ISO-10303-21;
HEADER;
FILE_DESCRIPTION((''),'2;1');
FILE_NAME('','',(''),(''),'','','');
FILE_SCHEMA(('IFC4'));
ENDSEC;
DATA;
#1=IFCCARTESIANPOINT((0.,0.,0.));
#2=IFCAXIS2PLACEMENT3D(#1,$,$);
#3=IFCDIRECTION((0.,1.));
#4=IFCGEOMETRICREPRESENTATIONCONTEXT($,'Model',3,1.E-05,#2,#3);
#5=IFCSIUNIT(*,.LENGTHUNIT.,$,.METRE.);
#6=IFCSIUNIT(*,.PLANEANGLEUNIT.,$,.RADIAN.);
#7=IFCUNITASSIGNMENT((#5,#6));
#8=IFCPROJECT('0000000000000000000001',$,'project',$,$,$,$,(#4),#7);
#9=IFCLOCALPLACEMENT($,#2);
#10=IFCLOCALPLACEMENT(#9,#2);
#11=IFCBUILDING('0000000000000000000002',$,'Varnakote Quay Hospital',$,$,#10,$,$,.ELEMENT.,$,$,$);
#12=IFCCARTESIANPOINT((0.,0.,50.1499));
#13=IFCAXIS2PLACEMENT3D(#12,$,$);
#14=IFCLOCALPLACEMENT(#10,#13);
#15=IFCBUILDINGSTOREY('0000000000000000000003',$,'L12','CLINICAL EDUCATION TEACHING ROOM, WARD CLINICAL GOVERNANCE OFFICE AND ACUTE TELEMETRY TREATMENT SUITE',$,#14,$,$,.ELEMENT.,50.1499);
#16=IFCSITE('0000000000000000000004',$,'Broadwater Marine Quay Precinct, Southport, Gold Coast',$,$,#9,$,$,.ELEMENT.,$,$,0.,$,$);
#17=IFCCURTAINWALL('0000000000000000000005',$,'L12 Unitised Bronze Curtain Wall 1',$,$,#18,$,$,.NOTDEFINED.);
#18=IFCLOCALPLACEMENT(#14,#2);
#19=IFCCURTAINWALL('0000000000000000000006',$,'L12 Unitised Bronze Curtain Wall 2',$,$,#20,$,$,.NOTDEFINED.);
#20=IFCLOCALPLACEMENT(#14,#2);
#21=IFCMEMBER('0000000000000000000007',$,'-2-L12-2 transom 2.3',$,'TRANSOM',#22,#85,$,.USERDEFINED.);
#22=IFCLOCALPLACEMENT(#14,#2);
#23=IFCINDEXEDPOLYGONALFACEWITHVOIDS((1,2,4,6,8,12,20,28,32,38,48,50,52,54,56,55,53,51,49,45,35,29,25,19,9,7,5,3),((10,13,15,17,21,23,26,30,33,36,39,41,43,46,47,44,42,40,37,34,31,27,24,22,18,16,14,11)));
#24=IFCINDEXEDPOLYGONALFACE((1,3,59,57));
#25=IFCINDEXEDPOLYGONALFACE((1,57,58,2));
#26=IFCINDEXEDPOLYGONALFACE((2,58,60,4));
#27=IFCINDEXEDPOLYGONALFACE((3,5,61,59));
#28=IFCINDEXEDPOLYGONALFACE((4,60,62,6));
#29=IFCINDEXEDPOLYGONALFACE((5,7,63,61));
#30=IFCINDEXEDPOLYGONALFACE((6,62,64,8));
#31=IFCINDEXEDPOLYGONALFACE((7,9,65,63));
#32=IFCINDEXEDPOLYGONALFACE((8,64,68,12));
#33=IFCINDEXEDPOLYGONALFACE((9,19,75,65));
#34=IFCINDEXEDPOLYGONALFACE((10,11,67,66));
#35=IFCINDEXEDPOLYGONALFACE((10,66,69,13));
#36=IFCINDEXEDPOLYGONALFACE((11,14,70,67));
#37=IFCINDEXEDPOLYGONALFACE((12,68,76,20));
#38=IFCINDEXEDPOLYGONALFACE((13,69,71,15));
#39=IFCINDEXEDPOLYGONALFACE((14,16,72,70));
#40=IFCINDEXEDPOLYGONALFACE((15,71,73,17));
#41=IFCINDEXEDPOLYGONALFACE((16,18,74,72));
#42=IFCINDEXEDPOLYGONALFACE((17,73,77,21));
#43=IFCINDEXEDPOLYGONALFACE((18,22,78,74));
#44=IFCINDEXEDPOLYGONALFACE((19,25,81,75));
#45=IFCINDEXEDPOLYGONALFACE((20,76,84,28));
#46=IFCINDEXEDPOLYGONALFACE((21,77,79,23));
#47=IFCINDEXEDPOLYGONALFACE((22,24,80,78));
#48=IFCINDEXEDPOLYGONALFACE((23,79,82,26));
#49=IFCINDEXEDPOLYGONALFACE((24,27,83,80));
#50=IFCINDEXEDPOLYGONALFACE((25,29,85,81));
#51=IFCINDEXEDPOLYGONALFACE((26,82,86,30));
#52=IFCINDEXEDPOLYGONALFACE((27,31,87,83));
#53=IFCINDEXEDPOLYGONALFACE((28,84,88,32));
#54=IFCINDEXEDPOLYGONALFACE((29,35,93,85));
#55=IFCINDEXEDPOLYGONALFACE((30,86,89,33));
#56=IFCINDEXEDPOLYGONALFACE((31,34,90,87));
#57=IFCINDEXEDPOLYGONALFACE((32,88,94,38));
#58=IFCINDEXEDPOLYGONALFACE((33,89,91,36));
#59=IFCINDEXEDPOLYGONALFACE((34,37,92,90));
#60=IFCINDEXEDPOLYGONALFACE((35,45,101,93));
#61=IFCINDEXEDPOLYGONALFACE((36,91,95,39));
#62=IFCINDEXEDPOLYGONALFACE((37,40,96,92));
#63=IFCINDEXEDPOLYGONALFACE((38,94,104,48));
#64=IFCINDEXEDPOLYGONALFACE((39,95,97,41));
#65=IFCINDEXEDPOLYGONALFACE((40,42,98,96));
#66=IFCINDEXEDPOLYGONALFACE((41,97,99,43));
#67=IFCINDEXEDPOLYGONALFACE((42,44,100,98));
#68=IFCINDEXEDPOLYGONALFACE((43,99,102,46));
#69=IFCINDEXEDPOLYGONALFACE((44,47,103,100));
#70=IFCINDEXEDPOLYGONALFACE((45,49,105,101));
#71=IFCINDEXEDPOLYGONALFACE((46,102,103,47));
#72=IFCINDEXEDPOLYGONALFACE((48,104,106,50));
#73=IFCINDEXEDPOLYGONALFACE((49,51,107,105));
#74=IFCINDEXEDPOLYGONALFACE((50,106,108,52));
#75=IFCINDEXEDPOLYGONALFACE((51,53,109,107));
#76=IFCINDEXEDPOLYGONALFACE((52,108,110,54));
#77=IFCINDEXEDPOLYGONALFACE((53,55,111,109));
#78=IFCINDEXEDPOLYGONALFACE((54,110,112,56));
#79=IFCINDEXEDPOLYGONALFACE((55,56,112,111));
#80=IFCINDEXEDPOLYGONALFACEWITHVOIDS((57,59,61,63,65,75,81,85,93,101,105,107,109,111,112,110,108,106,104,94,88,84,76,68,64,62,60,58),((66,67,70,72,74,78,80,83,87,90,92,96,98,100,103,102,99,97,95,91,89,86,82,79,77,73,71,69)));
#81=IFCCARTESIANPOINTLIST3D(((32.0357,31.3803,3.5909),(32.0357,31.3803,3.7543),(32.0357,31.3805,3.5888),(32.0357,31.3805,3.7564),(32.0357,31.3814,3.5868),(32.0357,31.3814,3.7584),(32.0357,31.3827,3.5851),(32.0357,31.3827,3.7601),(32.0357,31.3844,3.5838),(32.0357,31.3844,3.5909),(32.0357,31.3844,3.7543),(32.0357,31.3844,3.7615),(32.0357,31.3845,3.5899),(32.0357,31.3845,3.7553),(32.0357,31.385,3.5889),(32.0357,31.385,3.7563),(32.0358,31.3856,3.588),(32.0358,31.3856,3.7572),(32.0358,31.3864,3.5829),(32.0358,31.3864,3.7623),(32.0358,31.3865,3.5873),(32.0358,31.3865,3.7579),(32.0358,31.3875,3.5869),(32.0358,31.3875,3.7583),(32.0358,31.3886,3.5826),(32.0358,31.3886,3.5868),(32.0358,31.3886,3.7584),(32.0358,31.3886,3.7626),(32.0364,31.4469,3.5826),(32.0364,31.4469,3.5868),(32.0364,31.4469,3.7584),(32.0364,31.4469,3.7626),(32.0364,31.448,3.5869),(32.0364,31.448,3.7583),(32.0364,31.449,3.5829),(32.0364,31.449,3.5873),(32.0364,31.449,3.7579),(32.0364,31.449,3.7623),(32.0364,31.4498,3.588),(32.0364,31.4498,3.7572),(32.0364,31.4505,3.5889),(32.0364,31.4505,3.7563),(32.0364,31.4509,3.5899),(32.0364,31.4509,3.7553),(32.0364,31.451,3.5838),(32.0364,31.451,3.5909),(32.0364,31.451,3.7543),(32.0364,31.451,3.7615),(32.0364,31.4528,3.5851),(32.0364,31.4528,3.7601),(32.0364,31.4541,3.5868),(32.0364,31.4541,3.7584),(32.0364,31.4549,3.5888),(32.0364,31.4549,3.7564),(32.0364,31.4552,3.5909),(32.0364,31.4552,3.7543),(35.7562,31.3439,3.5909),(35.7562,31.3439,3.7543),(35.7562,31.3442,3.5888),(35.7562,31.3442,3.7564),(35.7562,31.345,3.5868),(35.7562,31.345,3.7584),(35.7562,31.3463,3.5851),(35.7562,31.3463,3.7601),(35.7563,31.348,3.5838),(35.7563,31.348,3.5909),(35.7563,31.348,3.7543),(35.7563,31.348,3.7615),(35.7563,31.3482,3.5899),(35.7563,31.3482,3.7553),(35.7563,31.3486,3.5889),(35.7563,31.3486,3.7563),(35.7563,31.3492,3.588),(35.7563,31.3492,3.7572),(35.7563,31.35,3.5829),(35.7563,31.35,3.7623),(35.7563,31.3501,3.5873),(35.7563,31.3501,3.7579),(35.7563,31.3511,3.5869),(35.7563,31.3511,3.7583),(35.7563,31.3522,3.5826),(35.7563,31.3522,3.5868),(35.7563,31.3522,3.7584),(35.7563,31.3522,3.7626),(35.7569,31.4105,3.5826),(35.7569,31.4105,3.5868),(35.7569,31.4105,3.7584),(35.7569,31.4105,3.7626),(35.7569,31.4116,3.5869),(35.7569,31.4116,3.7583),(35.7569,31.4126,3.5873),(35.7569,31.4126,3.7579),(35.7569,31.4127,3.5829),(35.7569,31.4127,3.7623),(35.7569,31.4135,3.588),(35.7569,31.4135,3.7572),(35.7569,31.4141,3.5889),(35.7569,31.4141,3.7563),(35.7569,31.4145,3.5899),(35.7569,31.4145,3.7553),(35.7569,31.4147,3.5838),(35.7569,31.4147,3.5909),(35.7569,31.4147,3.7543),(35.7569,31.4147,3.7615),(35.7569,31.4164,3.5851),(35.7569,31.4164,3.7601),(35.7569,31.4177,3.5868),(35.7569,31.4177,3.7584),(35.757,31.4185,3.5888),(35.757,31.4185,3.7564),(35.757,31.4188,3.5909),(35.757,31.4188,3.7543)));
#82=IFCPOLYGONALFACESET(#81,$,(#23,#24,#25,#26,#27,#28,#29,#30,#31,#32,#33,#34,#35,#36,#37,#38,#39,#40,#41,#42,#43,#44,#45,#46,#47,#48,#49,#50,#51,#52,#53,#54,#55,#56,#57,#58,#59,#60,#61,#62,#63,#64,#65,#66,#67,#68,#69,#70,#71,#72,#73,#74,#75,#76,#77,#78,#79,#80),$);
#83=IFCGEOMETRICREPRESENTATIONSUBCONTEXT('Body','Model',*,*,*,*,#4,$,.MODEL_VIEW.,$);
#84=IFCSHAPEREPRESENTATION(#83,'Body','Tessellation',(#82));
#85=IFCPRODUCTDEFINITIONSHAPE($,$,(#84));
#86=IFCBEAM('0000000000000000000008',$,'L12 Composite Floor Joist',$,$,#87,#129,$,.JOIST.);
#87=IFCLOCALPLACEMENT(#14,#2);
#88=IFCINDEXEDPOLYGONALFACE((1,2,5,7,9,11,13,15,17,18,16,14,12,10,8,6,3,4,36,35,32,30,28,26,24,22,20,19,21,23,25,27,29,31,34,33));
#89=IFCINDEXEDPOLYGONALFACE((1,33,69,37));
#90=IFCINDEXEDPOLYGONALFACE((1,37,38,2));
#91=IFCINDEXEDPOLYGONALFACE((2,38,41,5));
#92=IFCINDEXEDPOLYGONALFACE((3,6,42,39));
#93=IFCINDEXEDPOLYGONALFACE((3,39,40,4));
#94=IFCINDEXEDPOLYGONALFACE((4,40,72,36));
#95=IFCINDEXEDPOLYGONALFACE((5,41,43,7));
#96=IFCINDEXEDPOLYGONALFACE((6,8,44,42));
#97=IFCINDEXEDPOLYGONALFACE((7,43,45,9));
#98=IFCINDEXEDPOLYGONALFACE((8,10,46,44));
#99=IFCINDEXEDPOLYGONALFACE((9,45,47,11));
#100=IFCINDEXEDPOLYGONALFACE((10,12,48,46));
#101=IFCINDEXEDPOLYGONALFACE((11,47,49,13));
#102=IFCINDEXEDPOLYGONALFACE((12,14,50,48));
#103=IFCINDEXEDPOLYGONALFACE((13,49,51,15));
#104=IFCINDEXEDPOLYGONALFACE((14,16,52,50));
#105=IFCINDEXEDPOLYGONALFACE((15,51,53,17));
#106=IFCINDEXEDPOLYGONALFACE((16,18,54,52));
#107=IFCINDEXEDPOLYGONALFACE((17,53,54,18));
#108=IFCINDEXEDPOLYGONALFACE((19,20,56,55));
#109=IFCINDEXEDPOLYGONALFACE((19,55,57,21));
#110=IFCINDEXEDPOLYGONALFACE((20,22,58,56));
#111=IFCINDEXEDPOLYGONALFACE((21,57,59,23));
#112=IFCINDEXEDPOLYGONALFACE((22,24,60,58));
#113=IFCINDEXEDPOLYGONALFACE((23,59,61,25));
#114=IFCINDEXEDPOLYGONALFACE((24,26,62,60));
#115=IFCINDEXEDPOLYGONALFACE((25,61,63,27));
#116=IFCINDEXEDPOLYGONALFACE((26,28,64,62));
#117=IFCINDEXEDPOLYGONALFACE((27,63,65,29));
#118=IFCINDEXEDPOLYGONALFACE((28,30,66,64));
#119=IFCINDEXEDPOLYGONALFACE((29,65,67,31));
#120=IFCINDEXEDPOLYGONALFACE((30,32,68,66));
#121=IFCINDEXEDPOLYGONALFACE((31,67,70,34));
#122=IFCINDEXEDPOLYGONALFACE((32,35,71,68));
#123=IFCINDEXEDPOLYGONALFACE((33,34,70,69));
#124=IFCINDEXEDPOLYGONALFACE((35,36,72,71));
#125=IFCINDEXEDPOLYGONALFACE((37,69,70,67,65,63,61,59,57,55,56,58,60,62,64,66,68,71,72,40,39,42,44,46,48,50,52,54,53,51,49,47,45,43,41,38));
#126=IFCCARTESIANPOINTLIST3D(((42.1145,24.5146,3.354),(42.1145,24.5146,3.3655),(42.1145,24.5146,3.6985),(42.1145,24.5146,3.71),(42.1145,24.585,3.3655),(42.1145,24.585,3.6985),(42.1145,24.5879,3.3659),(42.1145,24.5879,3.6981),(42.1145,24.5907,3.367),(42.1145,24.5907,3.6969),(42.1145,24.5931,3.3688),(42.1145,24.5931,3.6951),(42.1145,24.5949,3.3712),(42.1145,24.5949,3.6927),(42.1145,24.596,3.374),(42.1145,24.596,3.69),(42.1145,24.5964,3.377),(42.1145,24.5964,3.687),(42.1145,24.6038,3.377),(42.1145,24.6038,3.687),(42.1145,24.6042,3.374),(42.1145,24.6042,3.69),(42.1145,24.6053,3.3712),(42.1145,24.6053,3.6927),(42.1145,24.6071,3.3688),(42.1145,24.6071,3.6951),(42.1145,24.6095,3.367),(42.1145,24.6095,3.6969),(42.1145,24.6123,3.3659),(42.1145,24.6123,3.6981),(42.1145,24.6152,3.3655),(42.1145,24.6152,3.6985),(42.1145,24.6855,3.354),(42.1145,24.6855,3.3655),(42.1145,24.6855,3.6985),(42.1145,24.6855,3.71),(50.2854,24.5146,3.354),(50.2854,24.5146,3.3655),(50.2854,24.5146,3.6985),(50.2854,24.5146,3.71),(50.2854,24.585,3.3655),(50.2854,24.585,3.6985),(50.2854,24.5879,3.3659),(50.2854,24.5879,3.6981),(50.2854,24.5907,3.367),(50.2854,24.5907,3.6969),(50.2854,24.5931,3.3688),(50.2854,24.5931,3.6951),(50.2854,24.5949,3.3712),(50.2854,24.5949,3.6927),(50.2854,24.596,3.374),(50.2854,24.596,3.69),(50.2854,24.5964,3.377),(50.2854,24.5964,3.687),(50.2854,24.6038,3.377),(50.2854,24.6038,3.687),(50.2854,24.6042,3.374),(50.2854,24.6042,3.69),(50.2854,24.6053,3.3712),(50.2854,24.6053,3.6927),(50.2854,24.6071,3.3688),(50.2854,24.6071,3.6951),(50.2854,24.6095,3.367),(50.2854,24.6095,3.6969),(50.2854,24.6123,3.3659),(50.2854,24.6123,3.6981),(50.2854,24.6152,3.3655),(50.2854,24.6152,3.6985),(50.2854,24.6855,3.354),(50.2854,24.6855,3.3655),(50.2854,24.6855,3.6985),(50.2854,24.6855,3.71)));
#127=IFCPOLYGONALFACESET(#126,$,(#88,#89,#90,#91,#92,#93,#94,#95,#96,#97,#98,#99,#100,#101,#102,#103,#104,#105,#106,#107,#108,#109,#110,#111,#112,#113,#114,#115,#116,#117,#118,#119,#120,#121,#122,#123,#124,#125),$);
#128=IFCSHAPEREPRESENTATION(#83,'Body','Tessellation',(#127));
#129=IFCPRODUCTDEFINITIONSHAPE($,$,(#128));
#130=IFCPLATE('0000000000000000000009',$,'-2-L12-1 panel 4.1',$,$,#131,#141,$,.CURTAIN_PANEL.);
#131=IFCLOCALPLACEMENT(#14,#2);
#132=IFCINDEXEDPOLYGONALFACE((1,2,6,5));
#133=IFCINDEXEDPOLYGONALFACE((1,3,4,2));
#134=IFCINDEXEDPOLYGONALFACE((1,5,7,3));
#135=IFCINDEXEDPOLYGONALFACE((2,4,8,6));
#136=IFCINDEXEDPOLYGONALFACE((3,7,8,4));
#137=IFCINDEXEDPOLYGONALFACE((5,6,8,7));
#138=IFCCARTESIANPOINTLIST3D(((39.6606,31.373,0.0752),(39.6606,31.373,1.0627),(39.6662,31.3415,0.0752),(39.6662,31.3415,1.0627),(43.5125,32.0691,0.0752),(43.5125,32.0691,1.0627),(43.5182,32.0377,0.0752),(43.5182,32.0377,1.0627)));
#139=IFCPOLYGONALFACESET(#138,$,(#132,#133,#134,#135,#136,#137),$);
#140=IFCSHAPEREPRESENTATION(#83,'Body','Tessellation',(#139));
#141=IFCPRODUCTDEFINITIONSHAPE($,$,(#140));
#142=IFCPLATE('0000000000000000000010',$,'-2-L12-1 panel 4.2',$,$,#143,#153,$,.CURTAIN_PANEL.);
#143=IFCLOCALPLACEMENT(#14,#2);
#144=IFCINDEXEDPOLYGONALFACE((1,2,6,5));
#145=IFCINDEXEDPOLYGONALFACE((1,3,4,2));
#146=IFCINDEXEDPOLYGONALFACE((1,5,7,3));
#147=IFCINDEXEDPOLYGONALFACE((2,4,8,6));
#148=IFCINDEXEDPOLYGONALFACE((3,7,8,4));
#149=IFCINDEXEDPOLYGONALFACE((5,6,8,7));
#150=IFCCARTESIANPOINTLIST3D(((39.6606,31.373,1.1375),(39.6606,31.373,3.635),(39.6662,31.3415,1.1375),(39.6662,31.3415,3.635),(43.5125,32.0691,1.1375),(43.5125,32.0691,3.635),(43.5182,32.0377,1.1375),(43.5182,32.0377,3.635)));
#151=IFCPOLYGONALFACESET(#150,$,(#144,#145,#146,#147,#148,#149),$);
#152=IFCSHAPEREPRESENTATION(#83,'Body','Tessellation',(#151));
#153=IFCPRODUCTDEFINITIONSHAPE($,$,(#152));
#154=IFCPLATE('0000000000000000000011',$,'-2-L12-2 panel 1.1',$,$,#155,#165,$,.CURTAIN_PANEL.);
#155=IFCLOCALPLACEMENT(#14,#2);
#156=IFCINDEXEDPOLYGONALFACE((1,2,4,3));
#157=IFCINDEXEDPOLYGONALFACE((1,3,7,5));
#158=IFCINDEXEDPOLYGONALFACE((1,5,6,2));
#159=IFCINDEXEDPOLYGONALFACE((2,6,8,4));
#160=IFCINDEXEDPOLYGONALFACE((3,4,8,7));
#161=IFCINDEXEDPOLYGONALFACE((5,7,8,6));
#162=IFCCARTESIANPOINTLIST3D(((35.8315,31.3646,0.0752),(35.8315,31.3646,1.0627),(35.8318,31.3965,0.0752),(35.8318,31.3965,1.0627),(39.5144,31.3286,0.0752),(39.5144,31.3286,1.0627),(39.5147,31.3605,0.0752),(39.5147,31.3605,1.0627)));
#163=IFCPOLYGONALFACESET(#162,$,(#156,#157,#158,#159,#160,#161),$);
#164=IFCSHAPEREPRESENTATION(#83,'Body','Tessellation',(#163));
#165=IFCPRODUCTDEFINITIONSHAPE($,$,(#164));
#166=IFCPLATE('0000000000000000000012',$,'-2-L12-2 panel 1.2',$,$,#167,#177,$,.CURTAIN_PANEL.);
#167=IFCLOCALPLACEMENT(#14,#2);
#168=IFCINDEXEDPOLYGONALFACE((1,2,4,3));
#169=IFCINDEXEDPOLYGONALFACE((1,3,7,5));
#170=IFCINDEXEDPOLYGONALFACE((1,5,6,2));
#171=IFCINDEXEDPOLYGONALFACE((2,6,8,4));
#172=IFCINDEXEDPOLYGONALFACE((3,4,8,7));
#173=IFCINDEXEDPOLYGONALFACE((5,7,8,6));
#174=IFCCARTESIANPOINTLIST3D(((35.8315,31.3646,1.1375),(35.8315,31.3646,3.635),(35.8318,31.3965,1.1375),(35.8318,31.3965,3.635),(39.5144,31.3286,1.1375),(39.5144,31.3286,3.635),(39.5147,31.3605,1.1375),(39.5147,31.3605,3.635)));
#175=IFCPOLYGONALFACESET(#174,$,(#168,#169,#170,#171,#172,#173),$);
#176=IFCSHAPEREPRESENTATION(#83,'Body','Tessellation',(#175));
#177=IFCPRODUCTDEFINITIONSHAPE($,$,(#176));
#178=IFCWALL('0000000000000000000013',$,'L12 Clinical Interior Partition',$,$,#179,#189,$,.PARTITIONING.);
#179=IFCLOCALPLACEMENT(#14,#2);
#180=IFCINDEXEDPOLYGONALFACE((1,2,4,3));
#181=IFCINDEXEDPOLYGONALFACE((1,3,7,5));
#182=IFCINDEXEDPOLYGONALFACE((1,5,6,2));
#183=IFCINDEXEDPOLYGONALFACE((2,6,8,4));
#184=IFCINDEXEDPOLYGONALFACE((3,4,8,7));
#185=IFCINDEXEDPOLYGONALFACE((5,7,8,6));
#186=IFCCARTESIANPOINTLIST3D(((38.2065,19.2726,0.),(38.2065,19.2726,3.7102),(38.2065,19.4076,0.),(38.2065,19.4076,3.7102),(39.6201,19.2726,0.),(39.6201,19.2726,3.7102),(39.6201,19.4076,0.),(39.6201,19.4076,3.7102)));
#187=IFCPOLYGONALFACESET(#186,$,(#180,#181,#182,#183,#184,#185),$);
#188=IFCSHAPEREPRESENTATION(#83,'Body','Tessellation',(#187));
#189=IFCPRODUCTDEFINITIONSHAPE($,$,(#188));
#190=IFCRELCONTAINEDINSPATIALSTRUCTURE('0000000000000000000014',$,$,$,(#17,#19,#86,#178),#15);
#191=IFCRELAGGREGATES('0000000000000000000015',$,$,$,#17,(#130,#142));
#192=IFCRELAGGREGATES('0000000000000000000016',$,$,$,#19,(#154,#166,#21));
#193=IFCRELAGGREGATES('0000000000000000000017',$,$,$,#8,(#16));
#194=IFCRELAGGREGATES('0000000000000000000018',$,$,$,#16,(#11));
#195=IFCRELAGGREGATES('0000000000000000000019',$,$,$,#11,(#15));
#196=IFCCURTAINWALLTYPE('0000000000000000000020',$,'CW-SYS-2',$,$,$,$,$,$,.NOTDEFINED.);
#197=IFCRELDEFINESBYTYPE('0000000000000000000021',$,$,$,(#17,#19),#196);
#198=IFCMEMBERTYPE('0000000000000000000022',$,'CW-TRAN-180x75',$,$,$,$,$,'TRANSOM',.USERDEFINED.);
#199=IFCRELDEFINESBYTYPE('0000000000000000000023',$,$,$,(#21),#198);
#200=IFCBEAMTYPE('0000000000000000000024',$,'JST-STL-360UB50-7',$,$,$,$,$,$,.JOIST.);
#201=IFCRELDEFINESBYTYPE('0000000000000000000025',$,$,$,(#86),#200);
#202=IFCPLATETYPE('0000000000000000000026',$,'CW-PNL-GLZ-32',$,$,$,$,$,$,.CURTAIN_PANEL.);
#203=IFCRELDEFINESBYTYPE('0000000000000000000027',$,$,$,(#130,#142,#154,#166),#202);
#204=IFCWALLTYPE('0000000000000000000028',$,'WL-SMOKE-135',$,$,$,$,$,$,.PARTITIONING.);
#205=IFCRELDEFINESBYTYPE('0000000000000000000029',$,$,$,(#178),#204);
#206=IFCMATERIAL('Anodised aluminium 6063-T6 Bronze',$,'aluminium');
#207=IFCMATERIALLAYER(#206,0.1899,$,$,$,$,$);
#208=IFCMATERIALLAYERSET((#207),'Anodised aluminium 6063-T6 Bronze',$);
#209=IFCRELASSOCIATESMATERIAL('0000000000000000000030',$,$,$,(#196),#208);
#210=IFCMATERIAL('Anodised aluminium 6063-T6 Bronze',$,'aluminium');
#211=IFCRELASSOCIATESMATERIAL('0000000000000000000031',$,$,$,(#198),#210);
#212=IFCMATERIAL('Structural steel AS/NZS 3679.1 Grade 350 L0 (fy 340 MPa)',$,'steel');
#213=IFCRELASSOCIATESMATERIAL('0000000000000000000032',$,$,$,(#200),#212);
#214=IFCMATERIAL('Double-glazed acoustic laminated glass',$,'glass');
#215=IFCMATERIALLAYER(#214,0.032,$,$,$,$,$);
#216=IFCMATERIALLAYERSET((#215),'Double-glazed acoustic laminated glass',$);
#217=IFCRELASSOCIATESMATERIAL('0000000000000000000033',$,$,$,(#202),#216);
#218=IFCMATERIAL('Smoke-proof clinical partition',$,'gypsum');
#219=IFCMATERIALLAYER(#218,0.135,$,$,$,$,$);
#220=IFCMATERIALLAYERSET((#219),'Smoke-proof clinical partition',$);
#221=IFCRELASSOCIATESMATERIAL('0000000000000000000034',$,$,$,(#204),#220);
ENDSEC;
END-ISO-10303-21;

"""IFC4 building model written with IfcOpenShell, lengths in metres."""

from ifc_helpers import new_model, si_unit, direction, frame, frame_2d, origin, origin_2d, place, context, subcontext, project, spatial, rectangle, hollow_rectangle, i_section, extrude, material, layer, layer_set, material_profile, profile_set, type_object, element, aggregate, save


model = new_model("IFC4")

# Units and contexts
model_context = context("Model", 3, precision=1e-05, world=origin(), true_north=direction((0.0, 1.0)))
body_context = subcontext(model_context, "Body", "Model", "MODEL_VIEW")
ifc_project = project(units=[si_unit("LENGTHUNIT", "METRE"), si_unit("PLANEANGLEUNIT", "RADIAN")], contexts=[model_context])

# Site, building, storey
site_placement = place(None, origin())
site = spatial("IfcSite", under=ifc_project, at=site_placement, Name="Broadwater Marine Quay Precinct, Southport, Gold Coast", CompositionType="ELEMENT", RefElevation=0.0)
building_placement = place(site_placement, origin())
building = spatial("IfcBuilding", under=site, at=building_placement, Name="Varnakote Quay Hospital", CompositionType="ELEMENT")
storey_placement = place(building_placement, frame((0.0, 0.0, 50.1499)))
storey = spatial("IfcBuildingStorey", under=building, at=storey_placement, Name="L12", Description="CLINICAL EDUCATION TEACHING ROOM, WARD CLINICAL GOVERNANCE OFFICE AND ACUTE TELEMETRY TREATMENT SUITE", CompositionType="ELEMENT", Elevation=50.1499)

# Curtain wall
ifc_material_1 = material(Name="Anodised aluminium 6063-T6 Bronze", Category="aluminium")
ifc_layer_1 = layer(ifc_material_1, 0.1899)
ifc_layer_set_1 = layer_set([ifc_layer_1], Name="Anodised aluminium 6063-T6 Bronze")
curtain_wall_type = type_object("IfcCurtainWallType", Name="CW-SYS-2", PredefinedType="NOTDEFINED", material=ifc_layer_set_1)
curtain_wall_1_placement = place(storey_placement, origin())
curtain_wall_1 = element("IfcCurtainWall", 1, at=curtain_wall_1_placement, inside=storey, type_object=curtain_wall_type, Name="L12 Unitised Bronze Curtain Wall 1", PredefinedType="NOTDEFINED")

# Curtain wall, member
curtain_wall_2_placement = place(storey_placement, origin())
curtain_wall_2 = element("IfcCurtainWall", 2, at=curtain_wall_2_placement, inside=storey, type_object=curtain_wall_type, Name="L12 Unitised Bronze Curtain Wall 2", PredefinedType="NOTDEFINED")
ifc_material_2 = material(Name="Anodised aluminium 6063-T6 Bronze", Category="aluminium")
ifc_material_profile_1 = material_profile(ifc_material_2, hollow_rectangle(XDim=0.075, YDim=0.1799, WallThickness=0.0042, InnerFilletRadius=0.0042, OuterFilletRadius=0.0083, at=origin_2d()), Name="CW-TRAN-180x75")
ifc_profile_set_1 = profile_set([ifc_material_profile_1], Name="Anodised aluminium 6063-T6 Bronze")
member_type_1 = type_object("IfcMemberType", Name="CW-TRAN-180x75", ElementType="TRANSOM", PredefinedType="USERDEFINED", material=ifc_profile_set_1)
member_1_placement = place(storey_placement, frame((35.7566, 31.3813, 3.6726), z_axis=(-0.999952, 0.009777, 0.0), x_axis=(-0.009777, -0.999952, 0.0)))
member_1 = element("IfcMember", 3, at=member_1_placement, type_object=member_type_1, Name="-2-L12-2 transom 2.3", ObjectType="TRANSOM", PredefinedType="USERDEFINED", context=body_context, shape_type="SweptSolid", body=[
    extrude(hollow_rectangle(XDim=0.075, YDim=0.1799, WallThickness=0.0042, InnerFilletRadius=0.0042, OuterFilletRadius=0.0083, at=origin_2d()), origin(), (0.0, 0.0, 1.0), 3.7207),
])

# Beam
ifc_material_3 = material(Name="Structural steel AS/NZS 3679.1 Grade 350 L0 (fy 340 MPa)", Category="steel")
ifc_material_profile_2 = material_profile(ifc_material_3, i_section(OverallWidth=0.1709, OverallDepth=0.356, WebThickness=0.0073, FlangeThickness=0.0115, FilletRadius=0.0115, at=origin_2d()), Name="360UB50.7")
ifc_profile_set_2 = profile_set([ifc_material_profile_2], Name="Structural steel AS/NZS 3679.1 Grade 350 L0 (fy 340 MPa)")
beam_type_1 = type_object("IfcBeamType", Name="JST-STL-360UB50-7", PredefinedType="JOIST", material=ifc_profile_set_2)
beam_1_placement = place(storey_placement, frame((42.1145, 24.6001, 3.532), z_axis=(1.0, 0.0, 0.0), x_axis=(0.0, 1.0, 0.0)))
element("IfcBeam", 4, at=beam_1_placement, inside=storey, type_object=beam_type_1, Name="L12 Composite Floor Joist", PredefinedType="JOIST", context=body_context, shape_type="SweptSolid", body=[
    extrude(i_section(OverallWidth=0.1709, OverallDepth=0.356, WebThickness=0.0073, FlangeThickness=0.0115, FilletRadius=0.0115, at=origin_2d()), origin(), (0.0, 0.0, 1.0), 8.1709),
])

# Plates
ifc_material_4 = material(Name="Double-glazed acoustic laminated glass", Category="glass")
ifc_layer_2 = layer(ifc_material_4, 0.032)
ifc_layer_set_2 = layer_set([ifc_layer_2], Name="Double-glazed acoustic laminated glass")
plate_type = type_object("IfcPlateType", Name="CW-PNL-GLZ-32", PredefinedType="CURTAIN_PANEL", material=ifc_layer_set_2)
plate_1_placement = place(storey_placement, frame((41.5894, 31.7053, 0.0752), z_axis=(0.0, 0.0, 1.0), x_axis=(-0.984058, -0.177846, 0.0)))
plate_1 = element("IfcPlate", 5, at=plate_1_placement, type_object=plate_type, Name="-2-L12-1 panel 4.1", PredefinedType="CURTAIN_PANEL", context=body_context, shape_type="SweptSolid", body=[
    extrude(rectangle(XDim=3.9143, YDim=0.032, at=origin_2d()), origin(), (0.0, 0.0, 1.0), 0.9875),
])
plate_2_placement = place(storey_placement, frame((41.5894, 31.7053, 1.1375), z_axis=(0.0, 0.0, 1.0), x_axis=(-0.984058, -0.177846, 0.0)))
plate_2 = element("IfcPlate", 6, at=plate_2_placement, type_object=plate_type, Name="-2-L12-1 panel 4.2", PredefinedType="CURTAIN_PANEL", context=body_context, shape_type="SweptSolid", body=[
    extrude(rectangle(XDim=3.9143, YDim=0.032, at=origin_2d()), origin(), (0.0, 0.0, 1.0), 2.4976),
])
aggregate(curtain_wall_1, [plate_1, plate_2])
plate_3_placement = place(storey_placement, frame((37.6731, 31.3625, 0.0752), z_axis=(0.0, 0.0, 1.0), x_axis=(-0.999952, 0.009774, 0.0)))
plate_3 = element("IfcPlate", 7, at=plate_3_placement, type_object=plate_type, Name="-2-L12-2 panel 1.1", PredefinedType="CURTAIN_PANEL", context=body_context, shape_type="SweptSolid", body=[
    extrude(rectangle(XDim=3.6831, YDim=0.032, at=origin_2d()), origin(), (0.0, 0.0, 1.0), 0.9875),
])
plate_4_placement = place(storey_placement, frame((37.6731, 31.3625, 1.1375), z_axis=(0.0, 0.0, 1.0), x_axis=(-0.999952, 0.009774, 0.0)))
plate_4 = element("IfcPlate", 8, at=plate_4_placement, type_object=plate_type, Name="-2-L12-2 panel 1.2", PredefinedType="CURTAIN_PANEL", context=body_context, shape_type="SweptSolid", body=[
    extrude(rectangle(XDim=3.6831, YDim=0.032, at=origin_2d()), origin(), (0.0, 0.0, 1.0), 2.4976),
])
aggregate(curtain_wall_2, [plate_3, plate_4, member_1])

# Wall
ifc_material_5 = material(Name="Smoke-proof clinical partition", Category="gypsum")
ifc_layer_3 = layer(ifc_material_5, 0.135)
ifc_layer_set_3 = layer_set([ifc_layer_3], Name="Smoke-proof clinical partition")
wall_type = type_object("IfcWallType", Name="WL-SMOKE-135", PredefinedType="PARTITIONING", material=ifc_layer_set_3)
wall_1_placement = place(storey_placement, frame((39.6201, 19.3401, 0.0), z_axis=(0.0, 0.0, 1.0), x_axis=(-1.0, 0.0, 0.0)))
element("IfcWall", 9, at=wall_1_placement, inside=storey, type_object=wall_type, Name="L12 Clinical Interior Partition", PredefinedType="PARTITIONING", context=body_context, shape_type="SweptSolid", body=[
    extrude(rectangle(XDim=1.4136, YDim=0.135, at=frame_2d((0.7068, 0.0))), origin(), (0.0, 0.0, 1.0), 3.7102),
])

save(model, "model.ifc")
